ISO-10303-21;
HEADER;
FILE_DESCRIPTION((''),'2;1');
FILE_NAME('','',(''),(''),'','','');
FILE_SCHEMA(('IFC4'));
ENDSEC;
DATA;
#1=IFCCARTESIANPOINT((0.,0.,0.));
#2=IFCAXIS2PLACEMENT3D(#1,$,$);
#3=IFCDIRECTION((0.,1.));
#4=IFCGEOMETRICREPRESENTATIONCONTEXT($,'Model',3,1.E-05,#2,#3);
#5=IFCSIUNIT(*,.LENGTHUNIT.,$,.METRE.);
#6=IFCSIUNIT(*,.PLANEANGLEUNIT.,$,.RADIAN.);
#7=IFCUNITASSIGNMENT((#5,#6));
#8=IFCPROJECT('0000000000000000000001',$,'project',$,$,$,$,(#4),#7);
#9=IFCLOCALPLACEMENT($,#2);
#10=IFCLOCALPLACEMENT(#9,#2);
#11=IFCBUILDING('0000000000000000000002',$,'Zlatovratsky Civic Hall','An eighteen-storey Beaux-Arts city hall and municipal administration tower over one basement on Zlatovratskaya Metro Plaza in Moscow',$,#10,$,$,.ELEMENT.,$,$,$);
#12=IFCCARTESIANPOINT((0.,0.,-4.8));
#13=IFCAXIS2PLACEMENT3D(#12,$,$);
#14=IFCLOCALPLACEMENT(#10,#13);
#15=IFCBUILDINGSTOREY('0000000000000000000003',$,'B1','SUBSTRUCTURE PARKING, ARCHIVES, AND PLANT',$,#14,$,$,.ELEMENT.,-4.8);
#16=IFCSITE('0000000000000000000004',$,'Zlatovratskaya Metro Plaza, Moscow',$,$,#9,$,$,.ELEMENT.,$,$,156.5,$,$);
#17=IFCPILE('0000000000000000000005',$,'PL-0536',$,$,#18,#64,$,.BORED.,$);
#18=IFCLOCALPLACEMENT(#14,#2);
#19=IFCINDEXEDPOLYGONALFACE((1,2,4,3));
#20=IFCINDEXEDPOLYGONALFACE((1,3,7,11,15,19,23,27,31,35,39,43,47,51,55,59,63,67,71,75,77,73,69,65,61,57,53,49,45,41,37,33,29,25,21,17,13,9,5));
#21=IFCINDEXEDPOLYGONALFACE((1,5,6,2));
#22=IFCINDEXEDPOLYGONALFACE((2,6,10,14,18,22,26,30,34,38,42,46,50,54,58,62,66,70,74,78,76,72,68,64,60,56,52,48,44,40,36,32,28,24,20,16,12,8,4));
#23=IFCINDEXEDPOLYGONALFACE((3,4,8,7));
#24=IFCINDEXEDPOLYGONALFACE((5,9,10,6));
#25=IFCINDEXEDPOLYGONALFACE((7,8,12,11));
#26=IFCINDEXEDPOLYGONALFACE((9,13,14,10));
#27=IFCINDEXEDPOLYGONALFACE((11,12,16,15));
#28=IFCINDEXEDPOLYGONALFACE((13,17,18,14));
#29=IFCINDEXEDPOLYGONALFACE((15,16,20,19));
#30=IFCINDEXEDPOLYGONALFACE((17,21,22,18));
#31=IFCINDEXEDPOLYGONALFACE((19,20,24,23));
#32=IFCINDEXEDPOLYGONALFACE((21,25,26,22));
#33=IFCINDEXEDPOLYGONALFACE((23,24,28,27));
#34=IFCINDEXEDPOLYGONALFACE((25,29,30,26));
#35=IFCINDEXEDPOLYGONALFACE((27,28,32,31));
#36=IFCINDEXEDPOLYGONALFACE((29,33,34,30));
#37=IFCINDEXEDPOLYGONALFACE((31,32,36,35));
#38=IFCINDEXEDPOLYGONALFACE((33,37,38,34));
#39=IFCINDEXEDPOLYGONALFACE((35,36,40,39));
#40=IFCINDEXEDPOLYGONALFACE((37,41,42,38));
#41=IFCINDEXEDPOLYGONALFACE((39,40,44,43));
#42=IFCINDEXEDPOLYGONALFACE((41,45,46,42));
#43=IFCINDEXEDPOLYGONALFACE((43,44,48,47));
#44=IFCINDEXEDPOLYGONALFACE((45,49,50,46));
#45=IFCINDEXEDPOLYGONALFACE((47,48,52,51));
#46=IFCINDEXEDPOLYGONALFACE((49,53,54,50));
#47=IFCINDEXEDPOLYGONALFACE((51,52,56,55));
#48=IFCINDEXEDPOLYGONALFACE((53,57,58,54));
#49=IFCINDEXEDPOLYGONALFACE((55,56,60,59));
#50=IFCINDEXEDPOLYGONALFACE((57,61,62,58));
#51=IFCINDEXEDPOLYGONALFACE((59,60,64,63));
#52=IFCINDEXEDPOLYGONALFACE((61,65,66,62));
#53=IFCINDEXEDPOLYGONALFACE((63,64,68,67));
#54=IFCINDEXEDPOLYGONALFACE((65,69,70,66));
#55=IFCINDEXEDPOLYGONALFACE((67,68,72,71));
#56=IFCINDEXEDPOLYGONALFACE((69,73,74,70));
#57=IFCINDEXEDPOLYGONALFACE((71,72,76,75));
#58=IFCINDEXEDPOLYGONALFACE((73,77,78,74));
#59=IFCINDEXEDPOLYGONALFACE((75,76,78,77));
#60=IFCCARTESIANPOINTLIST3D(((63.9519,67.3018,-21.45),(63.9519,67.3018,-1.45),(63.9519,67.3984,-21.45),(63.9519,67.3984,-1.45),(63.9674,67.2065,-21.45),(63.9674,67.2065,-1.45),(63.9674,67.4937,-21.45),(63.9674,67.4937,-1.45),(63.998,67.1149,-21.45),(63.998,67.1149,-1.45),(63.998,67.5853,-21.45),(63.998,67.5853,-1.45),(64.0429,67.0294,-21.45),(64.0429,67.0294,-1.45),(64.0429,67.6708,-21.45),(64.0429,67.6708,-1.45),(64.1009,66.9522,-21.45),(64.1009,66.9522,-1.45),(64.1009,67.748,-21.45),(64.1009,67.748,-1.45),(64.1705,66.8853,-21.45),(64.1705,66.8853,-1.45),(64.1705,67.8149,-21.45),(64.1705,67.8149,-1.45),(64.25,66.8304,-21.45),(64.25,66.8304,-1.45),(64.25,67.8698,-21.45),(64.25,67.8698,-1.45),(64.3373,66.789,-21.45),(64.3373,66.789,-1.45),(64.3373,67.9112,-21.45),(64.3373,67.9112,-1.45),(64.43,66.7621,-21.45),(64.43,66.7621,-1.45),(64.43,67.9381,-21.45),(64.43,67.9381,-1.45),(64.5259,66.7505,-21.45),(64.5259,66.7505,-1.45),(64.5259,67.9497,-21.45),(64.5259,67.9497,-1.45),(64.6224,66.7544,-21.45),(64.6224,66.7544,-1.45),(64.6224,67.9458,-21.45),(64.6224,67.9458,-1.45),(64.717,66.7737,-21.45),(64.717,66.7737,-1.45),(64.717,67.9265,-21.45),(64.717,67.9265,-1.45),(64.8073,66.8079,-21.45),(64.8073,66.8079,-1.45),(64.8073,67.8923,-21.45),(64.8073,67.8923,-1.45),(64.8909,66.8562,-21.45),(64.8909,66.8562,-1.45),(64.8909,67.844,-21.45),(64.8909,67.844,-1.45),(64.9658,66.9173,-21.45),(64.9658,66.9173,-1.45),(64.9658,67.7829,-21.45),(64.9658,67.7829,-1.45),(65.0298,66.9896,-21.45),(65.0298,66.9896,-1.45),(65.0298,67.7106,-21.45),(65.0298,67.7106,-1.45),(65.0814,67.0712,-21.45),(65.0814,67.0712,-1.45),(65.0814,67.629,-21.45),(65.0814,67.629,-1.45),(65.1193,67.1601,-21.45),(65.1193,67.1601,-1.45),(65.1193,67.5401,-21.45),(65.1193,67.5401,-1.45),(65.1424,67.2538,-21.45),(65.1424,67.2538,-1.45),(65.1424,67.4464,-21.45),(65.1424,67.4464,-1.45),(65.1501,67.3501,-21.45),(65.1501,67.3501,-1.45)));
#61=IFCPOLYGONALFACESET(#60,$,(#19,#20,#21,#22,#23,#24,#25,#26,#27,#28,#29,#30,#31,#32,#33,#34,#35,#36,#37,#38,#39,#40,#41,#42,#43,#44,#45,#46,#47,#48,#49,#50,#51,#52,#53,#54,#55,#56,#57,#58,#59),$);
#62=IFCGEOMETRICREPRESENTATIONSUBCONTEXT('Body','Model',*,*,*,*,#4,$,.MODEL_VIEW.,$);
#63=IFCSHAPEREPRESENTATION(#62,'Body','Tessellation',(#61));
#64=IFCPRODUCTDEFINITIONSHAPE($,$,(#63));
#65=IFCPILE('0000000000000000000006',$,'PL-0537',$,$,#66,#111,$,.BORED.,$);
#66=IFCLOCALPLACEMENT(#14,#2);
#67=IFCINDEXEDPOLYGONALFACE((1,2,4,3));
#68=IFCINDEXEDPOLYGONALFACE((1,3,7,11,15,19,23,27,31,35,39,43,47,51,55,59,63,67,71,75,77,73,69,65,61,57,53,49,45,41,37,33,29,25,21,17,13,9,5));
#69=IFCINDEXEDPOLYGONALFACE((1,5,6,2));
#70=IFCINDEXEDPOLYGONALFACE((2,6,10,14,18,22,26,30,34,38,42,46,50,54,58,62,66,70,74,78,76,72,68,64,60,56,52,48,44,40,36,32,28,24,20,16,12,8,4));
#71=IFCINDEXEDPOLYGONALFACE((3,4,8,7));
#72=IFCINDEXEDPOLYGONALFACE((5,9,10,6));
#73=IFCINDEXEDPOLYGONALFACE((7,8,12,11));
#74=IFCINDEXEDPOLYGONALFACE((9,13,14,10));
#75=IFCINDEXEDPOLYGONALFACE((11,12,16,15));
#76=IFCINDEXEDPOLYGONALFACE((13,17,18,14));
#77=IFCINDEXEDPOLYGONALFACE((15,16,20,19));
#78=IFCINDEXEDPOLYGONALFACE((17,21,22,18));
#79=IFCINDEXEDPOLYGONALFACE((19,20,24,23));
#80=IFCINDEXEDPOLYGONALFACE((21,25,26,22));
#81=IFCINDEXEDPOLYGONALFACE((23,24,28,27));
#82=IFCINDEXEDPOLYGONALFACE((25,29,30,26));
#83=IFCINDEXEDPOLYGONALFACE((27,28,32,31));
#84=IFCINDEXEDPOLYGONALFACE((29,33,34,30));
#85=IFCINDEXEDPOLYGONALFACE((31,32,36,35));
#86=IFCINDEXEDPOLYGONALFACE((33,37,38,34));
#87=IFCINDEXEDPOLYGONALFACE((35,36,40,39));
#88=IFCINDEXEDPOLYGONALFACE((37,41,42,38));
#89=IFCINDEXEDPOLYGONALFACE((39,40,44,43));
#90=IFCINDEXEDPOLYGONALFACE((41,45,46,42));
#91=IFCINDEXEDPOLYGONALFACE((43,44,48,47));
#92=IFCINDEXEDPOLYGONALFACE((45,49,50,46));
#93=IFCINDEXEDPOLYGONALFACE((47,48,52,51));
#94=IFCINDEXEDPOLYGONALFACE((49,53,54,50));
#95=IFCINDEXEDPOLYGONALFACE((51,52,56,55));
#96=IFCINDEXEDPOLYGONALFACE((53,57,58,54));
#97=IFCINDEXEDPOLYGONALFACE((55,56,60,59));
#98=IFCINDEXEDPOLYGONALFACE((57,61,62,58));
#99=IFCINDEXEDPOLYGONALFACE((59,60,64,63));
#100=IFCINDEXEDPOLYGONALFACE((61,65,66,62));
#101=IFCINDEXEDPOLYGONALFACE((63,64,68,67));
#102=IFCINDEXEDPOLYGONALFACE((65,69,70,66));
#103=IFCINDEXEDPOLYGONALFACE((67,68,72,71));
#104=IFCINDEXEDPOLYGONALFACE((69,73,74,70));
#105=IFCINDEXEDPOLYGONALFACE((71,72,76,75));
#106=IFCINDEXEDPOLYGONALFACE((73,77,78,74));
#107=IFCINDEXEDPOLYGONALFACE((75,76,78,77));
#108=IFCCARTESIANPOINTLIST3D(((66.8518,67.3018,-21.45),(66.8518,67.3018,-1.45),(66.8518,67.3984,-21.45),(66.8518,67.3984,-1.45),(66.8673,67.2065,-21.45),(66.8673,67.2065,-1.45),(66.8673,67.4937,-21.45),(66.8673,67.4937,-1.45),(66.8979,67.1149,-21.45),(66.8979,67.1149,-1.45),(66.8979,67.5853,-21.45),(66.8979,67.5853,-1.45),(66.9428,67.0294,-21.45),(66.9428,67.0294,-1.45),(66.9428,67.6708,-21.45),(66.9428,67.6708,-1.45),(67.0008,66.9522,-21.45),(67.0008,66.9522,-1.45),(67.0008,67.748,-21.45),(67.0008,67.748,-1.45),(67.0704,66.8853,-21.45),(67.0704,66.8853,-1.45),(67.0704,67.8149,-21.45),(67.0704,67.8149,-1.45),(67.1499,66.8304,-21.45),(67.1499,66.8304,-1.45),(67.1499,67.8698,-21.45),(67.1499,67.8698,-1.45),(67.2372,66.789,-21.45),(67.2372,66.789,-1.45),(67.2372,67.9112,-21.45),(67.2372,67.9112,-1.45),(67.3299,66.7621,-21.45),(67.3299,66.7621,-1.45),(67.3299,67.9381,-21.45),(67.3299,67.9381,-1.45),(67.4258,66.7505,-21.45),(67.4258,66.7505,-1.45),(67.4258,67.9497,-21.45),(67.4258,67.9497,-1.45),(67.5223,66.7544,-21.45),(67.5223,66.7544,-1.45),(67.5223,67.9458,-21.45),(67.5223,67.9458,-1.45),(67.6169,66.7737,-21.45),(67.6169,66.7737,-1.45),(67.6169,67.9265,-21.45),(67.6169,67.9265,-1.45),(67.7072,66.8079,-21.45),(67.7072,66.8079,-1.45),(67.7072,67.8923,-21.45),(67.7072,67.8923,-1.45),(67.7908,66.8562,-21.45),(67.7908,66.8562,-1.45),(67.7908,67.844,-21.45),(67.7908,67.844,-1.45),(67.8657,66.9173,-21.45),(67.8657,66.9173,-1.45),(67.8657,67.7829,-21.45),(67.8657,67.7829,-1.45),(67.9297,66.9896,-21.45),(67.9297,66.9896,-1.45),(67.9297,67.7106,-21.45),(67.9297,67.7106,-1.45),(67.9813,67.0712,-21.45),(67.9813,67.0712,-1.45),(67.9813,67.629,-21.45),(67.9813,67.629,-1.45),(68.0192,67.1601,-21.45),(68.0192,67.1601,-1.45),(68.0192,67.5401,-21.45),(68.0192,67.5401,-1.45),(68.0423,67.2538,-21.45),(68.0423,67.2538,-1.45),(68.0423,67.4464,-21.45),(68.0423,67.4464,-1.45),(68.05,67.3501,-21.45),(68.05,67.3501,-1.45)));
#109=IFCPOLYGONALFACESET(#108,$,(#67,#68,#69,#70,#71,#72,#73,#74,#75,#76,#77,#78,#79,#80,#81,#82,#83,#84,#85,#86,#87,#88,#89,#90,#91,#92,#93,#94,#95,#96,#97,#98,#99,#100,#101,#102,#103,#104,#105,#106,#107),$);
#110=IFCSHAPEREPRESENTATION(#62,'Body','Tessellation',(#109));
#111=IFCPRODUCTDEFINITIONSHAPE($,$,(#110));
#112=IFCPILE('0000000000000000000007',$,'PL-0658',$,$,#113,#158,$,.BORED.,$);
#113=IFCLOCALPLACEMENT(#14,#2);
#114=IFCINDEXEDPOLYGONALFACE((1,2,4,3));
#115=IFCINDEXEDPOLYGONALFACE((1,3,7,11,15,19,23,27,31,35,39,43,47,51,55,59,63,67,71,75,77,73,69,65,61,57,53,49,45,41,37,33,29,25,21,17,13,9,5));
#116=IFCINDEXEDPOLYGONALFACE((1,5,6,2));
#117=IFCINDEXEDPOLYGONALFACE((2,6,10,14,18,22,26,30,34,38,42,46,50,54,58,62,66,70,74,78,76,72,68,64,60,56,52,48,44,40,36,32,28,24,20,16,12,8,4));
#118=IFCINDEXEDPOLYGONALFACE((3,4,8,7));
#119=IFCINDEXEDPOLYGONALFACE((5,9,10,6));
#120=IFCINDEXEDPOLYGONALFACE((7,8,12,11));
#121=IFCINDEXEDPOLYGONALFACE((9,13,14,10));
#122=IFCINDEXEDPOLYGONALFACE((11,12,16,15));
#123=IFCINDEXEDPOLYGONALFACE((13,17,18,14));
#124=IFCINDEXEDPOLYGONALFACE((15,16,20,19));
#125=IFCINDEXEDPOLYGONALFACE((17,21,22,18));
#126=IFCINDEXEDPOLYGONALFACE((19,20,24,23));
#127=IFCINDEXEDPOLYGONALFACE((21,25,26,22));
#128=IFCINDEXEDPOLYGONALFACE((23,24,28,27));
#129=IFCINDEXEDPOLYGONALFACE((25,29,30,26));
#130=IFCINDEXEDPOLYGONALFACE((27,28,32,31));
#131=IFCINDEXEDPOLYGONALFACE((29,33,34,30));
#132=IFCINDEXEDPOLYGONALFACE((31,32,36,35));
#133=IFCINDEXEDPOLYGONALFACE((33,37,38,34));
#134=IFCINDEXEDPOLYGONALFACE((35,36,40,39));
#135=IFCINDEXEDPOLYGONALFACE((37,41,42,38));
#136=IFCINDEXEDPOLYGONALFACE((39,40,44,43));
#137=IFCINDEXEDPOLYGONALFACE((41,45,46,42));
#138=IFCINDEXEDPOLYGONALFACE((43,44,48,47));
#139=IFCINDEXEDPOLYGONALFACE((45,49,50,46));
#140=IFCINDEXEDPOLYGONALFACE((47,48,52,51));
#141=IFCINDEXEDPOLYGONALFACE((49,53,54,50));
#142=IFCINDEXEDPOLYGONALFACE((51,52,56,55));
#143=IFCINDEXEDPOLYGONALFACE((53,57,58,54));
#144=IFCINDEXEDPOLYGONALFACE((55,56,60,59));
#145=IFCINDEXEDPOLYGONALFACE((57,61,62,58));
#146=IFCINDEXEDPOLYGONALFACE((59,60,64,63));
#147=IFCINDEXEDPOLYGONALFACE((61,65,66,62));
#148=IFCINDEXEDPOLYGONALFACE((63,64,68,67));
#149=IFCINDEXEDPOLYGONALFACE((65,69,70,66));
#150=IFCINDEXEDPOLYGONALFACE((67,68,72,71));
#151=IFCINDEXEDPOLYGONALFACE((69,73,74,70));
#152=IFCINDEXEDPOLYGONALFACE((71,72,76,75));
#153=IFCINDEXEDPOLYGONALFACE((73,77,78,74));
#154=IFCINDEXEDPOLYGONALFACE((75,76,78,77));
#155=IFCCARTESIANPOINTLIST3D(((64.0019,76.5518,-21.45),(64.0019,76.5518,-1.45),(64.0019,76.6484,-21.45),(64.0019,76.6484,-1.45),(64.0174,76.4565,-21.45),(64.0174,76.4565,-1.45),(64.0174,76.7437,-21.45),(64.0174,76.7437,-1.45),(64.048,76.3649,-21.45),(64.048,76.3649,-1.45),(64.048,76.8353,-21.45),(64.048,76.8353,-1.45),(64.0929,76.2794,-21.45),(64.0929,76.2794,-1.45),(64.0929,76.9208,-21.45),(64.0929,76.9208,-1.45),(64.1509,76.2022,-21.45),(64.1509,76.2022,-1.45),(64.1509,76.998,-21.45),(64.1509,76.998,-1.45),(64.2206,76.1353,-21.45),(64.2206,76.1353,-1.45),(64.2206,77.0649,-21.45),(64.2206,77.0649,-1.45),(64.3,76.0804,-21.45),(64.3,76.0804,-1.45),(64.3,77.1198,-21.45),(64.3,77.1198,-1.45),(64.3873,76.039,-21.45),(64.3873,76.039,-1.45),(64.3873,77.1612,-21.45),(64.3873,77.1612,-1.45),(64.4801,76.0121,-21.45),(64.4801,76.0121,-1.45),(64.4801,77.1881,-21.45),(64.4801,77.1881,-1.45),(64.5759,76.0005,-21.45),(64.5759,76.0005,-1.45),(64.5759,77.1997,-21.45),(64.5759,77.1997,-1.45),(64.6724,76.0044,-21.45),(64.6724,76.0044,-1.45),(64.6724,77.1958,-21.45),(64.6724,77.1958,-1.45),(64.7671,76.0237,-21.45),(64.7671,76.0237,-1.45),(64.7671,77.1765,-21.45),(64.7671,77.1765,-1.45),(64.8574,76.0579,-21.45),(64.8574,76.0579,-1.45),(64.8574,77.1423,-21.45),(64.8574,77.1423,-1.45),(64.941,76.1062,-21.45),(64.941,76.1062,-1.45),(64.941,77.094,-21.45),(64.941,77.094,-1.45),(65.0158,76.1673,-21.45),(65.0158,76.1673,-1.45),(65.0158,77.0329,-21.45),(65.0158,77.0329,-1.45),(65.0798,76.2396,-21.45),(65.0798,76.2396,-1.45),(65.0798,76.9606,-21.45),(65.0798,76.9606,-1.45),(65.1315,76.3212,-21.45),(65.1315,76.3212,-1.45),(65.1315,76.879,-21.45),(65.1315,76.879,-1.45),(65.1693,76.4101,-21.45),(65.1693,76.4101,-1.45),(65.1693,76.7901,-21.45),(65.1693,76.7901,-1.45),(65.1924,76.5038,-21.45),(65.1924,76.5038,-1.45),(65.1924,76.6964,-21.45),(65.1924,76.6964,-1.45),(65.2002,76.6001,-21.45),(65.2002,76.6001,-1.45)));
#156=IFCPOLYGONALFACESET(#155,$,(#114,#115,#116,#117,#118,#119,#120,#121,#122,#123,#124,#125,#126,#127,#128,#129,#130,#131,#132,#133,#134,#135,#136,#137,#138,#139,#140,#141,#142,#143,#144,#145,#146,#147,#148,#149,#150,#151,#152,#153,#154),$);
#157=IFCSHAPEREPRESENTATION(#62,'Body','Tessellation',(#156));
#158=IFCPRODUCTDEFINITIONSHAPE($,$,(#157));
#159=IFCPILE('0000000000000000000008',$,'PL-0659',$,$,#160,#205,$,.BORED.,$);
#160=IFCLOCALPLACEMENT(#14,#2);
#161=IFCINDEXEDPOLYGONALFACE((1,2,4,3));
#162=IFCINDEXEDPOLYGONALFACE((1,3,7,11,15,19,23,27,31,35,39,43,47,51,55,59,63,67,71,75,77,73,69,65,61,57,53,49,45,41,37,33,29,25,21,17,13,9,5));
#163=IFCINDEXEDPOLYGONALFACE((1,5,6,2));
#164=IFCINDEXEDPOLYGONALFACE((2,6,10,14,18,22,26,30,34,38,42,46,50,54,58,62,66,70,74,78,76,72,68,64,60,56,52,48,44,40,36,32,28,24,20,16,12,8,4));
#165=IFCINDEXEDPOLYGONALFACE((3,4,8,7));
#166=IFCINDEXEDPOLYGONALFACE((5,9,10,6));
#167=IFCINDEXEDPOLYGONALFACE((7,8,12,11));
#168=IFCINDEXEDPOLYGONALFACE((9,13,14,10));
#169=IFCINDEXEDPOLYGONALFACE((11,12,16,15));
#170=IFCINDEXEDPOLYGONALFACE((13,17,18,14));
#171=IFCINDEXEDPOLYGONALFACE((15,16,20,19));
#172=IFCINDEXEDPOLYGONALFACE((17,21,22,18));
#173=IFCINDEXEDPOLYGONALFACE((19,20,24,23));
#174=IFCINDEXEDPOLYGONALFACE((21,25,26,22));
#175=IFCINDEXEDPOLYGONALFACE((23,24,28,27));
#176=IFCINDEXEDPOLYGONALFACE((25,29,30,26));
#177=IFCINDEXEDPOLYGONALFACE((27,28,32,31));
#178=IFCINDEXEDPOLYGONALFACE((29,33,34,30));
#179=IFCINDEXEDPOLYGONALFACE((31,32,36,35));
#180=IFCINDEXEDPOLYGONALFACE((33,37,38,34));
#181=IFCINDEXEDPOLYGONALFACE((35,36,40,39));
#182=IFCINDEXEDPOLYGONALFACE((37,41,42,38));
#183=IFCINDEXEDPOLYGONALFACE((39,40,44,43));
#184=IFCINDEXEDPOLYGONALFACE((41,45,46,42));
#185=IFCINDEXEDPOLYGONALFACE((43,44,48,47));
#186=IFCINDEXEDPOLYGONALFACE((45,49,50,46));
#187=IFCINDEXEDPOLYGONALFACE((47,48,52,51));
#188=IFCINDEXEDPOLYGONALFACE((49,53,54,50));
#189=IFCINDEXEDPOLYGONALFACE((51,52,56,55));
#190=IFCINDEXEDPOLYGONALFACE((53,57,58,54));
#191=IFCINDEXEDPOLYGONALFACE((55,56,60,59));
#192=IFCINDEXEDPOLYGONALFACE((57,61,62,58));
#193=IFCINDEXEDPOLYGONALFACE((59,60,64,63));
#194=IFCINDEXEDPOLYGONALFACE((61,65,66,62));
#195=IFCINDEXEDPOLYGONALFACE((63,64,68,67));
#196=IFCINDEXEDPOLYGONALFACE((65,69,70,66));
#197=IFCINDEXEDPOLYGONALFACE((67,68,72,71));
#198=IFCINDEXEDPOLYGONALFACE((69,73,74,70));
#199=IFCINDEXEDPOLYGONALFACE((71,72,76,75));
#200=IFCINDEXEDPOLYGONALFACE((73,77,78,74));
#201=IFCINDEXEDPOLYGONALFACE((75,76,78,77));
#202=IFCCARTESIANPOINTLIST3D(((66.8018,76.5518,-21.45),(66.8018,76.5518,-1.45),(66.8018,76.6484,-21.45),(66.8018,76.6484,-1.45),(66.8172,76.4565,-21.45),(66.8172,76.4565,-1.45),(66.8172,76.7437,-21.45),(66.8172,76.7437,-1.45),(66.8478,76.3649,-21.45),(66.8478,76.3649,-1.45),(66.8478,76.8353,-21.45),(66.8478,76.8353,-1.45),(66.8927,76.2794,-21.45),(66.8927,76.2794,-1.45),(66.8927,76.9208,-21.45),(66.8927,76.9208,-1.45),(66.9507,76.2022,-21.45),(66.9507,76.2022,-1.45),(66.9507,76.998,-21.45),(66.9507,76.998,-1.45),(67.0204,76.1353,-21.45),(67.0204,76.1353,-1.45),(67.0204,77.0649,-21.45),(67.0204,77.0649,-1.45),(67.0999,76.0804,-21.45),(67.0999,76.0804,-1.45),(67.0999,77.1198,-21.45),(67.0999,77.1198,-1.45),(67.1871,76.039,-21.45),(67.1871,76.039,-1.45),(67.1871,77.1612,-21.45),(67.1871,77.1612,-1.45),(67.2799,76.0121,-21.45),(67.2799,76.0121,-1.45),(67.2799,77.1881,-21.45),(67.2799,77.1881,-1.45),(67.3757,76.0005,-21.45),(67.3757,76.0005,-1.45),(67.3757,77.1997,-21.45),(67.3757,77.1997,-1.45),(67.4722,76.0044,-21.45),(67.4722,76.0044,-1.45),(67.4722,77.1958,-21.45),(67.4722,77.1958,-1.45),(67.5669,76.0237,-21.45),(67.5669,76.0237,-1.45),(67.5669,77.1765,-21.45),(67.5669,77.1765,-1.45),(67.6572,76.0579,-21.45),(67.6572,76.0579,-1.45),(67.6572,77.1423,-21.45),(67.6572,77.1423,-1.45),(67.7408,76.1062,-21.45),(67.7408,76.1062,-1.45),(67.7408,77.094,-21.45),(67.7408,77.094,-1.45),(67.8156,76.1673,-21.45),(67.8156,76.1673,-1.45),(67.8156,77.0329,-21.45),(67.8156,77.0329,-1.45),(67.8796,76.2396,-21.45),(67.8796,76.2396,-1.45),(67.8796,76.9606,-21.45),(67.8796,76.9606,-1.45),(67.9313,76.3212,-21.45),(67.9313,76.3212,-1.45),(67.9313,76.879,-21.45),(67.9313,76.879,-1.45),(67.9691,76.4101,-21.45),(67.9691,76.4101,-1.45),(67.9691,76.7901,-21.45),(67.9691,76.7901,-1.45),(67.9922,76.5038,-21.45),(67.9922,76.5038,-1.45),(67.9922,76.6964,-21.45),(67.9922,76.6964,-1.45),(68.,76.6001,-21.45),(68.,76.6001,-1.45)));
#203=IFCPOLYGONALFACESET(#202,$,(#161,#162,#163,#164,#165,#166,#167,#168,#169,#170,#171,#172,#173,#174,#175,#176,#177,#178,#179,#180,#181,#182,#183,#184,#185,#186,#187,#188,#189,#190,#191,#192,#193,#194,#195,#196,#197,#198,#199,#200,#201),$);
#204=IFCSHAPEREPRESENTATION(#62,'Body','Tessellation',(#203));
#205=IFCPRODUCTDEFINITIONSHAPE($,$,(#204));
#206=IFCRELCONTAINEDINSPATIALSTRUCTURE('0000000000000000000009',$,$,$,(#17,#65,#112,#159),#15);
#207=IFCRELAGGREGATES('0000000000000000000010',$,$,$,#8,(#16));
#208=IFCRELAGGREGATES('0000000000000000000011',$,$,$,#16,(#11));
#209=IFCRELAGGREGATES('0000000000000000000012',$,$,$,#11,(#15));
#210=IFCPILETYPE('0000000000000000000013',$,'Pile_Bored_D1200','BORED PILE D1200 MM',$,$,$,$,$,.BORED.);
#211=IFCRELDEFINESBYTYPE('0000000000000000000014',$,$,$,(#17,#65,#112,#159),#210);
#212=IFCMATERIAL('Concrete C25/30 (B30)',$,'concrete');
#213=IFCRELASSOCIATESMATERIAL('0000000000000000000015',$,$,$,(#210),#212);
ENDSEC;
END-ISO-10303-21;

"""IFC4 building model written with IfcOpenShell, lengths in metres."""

from ifc_helpers import new_model, si_unit, direction, frame, origin, origin_2d, place, context, subcontext, project, spatial, circle, extrude, material, material_profile, profile_set, type_object, element, save


model = new_model("IFC4")

# Units and contexts
model_context = context("Model", 3, precision=1e-05, world=origin(), true_north=direction((0.0, 1.0)))
body_context = subcontext(model_context, "Body", "Model", "MODEL_VIEW")
ifc_project = project(units=[si_unit("LENGTHUNIT", "METRE"), si_unit("PLANEANGLEUNIT", "RADIAN")], contexts=[model_context])

# Site, building, storey
site_placement = place(None, origin())
site = spatial("IfcSite", under=ifc_project, at=site_placement, Name="Zlatovratskaya Metro Plaza, Moscow", CompositionType="ELEMENT", RefElevation=156.5)
building_placement = place(site_placement, origin())
building = spatial("IfcBuilding", under=site, at=building_placement, Name="Zlatovratsky Civic Hall", Description="An eighteen-storey Beaux-Arts city hall and municipal administration tower over one basement on Zlatovratskaya Metro Plaza in Moscow", CompositionType="ELEMENT")
storey_placement = place(building_placement, frame((0.0, 0.0, -4.8)))
storey = spatial("IfcBuildingStorey", under=building, at=storey_placement, Name="B1", Description="SUBSTRUCTURE PARKING, ARCHIVES, AND PLANT", CompositionType="ELEMENT", Elevation=-4.8)

# Shared definitions
ifc_material_1 = material(Name="Concrete C25/30 (B30)", Category="concrete")

# Piles
ifc_material_profile_1 = material_profile(ifc_material_1, circle(Radius=0.6001, at=origin_2d()), Name="PILE D1200")
ifc_profile_set_1 = profile_set([ifc_material_profile_1], Name="Concrete C25/30 (B30)")
pile_type_1 = type_object("IfcPileType", Name="Pile_Bored_D1200", Description="BORED PILE D1200 MM", PredefinedType="BORED", material=ifc_profile_set_1)
for number, where, z_axis, x_axis, name in (
    (1, (64.55, 67.3501, -1.45), (0.0, 0.0, -1.0), (1.0, 0.0, 0.0), "PL-0536"),
    (2, (67.45, 67.3501, -1.45), (0.0, 0.0, -1.0), (1.0, 0.0, 0.0), "PL-0537"),
    (3, (64.6001, 76.6001, -1.45), (0.0, 0.0, -1.0), (1.0, 0.0, 0.0), "PL-0658"),
    (4, (67.3999, 76.6001, -1.45), (0.0, 0.0, -1.0), (1.0, 0.0, 0.0), "PL-0659"),
):
    element("IfcPile", number, at=place(storey_placement, frame(where, z_axis=z_axis, x_axis=x_axis)), inside=storey, type_object=pile_type_1, Name=name, PredefinedType="BORED", context=body_context, shape_type="SweptSolid", body=[
        extrude(circle(Radius=0.6001, at=origin_2d()), origin(), (0.0, 0.0, 1.0), 20.0),
    ])

save(model, "model.ifc")
